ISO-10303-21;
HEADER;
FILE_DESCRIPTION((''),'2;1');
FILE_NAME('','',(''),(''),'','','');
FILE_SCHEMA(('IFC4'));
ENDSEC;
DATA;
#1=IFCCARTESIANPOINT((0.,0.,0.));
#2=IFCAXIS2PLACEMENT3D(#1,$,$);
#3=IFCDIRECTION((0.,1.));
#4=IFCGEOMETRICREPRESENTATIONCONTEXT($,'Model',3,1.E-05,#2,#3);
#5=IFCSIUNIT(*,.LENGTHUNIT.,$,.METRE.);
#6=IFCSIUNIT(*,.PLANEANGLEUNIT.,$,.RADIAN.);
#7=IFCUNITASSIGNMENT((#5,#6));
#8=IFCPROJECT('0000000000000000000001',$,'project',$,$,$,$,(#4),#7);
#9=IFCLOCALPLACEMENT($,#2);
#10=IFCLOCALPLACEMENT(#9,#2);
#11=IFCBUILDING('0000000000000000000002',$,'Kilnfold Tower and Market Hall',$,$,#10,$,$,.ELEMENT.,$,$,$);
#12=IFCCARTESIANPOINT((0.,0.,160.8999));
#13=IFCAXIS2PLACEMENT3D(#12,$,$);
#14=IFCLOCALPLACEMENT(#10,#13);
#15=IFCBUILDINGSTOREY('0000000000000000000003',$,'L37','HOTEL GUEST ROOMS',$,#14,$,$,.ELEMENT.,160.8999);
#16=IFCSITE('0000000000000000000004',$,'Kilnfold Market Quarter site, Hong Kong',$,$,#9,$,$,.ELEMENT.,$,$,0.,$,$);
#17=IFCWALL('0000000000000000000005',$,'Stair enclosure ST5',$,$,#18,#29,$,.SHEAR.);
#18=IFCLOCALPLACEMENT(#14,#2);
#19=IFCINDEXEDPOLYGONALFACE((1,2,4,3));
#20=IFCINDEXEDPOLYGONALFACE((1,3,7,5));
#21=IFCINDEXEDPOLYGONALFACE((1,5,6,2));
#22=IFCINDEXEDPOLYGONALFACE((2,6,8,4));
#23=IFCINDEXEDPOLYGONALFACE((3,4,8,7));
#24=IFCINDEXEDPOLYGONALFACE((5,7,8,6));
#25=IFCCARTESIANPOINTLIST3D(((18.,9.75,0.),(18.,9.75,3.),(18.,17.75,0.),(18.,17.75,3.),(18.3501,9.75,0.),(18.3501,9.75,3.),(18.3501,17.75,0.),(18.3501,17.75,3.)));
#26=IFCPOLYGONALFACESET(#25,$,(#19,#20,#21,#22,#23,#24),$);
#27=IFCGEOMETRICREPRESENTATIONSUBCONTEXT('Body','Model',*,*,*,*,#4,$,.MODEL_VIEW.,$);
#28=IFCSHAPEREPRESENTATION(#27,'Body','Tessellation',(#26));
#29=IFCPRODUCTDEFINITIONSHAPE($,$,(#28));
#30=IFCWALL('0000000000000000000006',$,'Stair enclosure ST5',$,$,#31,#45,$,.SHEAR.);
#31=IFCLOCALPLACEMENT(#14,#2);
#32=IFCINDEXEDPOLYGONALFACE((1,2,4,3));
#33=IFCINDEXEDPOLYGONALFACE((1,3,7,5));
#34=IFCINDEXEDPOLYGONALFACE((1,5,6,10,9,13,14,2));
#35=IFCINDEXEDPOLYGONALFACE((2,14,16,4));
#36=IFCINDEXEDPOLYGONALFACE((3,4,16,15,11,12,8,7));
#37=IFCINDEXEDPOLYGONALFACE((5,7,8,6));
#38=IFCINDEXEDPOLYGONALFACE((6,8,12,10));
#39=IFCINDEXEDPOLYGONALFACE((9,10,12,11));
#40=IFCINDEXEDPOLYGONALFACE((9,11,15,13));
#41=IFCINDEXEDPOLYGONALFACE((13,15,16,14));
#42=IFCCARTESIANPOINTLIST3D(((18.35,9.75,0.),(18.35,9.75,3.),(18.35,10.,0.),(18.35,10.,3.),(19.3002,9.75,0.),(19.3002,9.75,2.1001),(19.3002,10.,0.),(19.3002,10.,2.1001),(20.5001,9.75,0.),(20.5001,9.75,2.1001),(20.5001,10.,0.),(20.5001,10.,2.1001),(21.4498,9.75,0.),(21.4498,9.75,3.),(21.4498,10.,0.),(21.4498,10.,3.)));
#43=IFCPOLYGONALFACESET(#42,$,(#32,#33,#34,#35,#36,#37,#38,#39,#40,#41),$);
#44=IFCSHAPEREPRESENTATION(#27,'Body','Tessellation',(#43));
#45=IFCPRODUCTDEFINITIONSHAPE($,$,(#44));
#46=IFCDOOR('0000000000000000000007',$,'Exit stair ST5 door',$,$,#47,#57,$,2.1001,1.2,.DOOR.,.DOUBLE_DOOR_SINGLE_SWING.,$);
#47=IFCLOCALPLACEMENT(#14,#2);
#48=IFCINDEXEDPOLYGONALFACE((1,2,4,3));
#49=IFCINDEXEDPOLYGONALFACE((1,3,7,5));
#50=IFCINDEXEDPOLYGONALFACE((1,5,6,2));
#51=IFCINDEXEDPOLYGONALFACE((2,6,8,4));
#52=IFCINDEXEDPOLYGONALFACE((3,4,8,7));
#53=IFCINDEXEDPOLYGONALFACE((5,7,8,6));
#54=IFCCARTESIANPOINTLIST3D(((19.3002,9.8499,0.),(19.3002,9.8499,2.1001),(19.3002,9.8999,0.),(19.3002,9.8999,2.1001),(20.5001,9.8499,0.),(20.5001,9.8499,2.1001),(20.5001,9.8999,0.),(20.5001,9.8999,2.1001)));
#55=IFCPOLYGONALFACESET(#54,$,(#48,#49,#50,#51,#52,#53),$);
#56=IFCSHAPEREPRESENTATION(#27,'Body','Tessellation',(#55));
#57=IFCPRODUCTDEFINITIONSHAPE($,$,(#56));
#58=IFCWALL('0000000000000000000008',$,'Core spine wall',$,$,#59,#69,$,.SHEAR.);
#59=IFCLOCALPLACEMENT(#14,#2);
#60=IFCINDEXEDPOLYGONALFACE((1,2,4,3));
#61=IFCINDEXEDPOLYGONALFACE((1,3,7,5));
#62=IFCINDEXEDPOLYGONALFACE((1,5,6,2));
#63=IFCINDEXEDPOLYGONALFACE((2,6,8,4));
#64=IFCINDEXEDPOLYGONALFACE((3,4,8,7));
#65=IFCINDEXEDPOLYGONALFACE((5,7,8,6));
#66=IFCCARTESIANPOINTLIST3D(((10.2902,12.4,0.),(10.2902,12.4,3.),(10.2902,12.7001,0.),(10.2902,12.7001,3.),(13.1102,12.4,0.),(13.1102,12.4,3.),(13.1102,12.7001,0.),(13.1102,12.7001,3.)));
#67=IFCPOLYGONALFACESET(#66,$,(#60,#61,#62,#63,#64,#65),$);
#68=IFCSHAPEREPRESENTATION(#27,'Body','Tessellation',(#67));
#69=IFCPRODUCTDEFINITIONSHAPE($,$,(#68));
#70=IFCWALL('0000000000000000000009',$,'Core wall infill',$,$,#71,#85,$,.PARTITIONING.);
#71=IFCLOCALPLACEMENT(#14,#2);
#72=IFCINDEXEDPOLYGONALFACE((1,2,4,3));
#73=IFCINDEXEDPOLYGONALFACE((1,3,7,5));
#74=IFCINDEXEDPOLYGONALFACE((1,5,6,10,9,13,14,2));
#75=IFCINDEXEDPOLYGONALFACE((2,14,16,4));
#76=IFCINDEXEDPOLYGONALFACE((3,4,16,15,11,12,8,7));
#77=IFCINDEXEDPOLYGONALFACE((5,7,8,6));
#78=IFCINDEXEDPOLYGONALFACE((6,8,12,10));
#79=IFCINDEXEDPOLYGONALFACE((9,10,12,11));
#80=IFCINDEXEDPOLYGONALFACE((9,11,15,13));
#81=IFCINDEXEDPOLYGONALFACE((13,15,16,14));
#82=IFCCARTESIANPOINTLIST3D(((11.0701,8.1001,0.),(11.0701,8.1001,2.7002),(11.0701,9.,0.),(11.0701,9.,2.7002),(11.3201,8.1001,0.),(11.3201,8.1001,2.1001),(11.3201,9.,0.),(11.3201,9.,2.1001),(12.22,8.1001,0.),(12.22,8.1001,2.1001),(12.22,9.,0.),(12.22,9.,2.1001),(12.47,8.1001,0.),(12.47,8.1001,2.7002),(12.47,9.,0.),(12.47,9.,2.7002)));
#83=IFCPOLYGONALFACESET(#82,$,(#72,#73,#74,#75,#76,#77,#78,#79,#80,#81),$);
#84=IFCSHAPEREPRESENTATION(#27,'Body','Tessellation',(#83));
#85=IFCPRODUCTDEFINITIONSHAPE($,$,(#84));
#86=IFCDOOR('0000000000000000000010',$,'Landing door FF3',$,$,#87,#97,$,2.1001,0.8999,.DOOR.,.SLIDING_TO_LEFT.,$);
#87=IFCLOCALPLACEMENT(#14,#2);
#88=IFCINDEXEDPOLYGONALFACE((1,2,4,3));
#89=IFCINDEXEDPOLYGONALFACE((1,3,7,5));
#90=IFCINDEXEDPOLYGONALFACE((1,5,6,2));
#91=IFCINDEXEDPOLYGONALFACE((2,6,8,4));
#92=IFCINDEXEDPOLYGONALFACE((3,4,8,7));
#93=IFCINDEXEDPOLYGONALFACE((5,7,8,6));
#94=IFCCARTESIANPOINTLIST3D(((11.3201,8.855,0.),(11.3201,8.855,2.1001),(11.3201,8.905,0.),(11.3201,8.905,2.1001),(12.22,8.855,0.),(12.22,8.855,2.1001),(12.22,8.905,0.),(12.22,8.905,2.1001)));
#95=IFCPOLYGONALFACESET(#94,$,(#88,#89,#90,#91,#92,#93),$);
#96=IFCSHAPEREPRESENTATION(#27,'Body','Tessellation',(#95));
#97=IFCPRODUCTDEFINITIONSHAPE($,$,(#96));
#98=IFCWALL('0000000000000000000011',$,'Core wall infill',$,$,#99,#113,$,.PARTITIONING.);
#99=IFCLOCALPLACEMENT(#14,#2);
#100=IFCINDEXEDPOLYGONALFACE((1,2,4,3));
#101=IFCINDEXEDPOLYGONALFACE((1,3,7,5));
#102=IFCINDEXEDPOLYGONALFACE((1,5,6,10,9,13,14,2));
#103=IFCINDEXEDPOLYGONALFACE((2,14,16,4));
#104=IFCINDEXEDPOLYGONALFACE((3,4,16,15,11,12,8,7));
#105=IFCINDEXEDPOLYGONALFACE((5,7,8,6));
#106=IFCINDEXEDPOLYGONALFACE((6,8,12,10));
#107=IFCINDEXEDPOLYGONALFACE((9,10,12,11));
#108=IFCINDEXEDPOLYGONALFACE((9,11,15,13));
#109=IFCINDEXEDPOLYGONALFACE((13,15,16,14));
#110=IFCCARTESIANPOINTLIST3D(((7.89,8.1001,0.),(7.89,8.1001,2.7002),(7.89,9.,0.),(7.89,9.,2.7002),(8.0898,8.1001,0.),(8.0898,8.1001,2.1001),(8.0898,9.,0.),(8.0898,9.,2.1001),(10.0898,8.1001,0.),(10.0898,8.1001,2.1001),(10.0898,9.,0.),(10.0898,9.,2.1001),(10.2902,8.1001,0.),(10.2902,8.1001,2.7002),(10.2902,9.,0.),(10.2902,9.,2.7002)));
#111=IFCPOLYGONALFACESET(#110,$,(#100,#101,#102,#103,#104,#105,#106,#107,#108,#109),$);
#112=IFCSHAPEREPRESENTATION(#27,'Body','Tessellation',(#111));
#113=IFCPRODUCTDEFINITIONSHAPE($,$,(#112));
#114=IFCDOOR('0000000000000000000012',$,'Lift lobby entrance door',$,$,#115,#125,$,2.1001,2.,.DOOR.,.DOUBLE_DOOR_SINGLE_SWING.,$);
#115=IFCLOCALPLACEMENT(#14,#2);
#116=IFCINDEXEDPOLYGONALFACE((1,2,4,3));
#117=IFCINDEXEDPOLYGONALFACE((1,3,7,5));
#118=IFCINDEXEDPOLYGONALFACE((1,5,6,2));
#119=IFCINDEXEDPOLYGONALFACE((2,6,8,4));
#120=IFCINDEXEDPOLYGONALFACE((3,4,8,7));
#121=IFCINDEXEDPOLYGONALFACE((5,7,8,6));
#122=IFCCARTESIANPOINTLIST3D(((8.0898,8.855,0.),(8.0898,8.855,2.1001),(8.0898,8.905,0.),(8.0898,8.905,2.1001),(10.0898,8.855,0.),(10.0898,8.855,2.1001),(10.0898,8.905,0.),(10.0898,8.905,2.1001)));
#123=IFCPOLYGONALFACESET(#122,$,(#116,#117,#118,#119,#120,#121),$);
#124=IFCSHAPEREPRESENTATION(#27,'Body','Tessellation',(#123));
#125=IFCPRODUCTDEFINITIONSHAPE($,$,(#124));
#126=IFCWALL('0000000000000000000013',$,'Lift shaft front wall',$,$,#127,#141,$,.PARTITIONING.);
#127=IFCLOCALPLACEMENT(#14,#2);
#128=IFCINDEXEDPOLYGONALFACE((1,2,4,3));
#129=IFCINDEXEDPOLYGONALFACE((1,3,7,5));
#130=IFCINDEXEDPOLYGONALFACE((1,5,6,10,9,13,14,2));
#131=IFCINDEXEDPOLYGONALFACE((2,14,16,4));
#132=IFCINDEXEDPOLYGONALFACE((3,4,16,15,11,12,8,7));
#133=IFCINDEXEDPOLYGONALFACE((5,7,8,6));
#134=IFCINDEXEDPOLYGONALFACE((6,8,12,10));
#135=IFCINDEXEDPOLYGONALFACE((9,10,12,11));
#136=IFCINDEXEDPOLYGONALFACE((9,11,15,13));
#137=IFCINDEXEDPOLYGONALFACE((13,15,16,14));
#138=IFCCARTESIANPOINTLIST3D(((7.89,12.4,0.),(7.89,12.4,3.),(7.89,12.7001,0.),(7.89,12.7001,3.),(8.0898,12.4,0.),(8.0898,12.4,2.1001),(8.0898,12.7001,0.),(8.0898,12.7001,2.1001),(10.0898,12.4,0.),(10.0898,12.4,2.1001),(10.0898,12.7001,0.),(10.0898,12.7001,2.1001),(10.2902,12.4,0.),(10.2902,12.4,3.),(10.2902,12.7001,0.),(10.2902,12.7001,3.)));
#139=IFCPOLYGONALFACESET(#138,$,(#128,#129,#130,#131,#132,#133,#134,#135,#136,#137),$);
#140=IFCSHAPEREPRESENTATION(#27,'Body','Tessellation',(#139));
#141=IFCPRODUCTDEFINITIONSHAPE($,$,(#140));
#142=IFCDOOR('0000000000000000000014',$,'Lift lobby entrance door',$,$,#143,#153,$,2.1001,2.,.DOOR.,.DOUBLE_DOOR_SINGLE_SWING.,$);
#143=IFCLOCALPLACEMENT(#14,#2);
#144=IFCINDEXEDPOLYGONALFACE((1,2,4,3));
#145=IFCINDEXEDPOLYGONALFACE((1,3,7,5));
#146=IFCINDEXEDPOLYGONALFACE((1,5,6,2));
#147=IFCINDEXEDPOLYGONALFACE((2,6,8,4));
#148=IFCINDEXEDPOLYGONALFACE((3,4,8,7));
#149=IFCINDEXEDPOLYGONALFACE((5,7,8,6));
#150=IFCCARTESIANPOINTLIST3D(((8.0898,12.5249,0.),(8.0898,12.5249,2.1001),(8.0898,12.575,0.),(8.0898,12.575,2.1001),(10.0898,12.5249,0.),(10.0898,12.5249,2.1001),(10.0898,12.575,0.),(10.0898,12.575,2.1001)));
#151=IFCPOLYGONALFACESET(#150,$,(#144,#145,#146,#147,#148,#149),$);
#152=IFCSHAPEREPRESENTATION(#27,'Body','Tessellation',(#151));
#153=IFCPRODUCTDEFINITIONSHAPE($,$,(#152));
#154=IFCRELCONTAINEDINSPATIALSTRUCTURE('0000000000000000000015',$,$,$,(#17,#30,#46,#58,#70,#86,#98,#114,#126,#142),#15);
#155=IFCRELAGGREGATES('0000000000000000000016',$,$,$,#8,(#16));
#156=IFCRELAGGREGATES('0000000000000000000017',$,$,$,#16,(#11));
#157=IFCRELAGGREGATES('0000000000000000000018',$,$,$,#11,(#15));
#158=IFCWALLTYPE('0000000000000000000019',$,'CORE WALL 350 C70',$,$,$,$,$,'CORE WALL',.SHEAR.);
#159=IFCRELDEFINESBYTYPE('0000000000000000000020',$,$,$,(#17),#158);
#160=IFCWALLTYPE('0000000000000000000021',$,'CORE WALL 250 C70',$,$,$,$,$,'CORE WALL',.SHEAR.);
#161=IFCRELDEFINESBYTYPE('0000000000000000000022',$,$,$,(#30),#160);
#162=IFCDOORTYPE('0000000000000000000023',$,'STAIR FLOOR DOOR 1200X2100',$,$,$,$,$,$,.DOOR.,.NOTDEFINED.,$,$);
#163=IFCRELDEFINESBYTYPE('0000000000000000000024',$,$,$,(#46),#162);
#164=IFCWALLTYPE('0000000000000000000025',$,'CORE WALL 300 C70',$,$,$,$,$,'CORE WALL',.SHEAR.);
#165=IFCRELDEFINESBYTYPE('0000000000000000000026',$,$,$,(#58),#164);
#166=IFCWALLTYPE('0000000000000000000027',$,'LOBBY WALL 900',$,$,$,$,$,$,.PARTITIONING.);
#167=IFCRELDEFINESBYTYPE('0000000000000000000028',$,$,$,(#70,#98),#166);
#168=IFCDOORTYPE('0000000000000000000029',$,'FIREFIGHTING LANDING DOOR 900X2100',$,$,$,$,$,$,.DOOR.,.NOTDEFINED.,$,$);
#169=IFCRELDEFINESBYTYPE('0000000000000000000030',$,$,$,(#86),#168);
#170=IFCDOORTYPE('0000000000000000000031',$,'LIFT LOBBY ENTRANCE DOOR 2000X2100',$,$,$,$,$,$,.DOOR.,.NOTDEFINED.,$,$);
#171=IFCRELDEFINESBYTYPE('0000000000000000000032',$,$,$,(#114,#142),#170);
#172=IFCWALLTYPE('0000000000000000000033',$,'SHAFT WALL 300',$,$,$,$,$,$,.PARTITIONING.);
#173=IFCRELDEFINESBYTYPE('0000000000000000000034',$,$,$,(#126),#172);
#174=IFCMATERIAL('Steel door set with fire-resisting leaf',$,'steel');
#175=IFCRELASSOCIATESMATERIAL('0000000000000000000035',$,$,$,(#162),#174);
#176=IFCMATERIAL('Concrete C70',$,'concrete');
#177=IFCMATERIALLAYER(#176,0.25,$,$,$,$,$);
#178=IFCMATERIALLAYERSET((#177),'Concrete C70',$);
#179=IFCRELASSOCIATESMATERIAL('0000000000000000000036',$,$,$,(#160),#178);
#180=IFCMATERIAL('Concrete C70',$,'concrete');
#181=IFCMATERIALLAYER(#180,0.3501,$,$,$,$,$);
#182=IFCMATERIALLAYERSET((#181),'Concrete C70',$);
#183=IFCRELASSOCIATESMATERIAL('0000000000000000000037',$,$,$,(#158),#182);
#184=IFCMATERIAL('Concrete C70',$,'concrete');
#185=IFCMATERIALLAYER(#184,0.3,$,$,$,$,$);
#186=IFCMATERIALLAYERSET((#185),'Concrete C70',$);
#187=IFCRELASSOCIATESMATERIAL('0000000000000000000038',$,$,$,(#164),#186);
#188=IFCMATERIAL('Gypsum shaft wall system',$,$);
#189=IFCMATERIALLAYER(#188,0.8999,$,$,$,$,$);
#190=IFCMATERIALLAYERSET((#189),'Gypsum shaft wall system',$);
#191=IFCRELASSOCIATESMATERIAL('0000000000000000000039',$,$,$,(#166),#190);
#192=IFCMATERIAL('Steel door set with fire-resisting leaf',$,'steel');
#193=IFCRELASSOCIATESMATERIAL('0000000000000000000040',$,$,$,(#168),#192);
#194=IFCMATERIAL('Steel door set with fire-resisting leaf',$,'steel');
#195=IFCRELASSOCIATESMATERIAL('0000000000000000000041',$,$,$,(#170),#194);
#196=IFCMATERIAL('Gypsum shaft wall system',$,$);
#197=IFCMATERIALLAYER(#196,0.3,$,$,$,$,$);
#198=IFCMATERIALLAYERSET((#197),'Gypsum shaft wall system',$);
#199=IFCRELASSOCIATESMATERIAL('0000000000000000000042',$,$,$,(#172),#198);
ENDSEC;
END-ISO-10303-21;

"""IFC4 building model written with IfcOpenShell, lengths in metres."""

from ifc_helpers import new_model, si_unit, direction, frame, frame_2d, origin, place, context, subcontext, project, spatial, rectangle, extrude, source, transform, mapped, material, layer, layer_set, type_object, element, fill, save


model = new_model("IFC4")

# Units and contexts
model_context = context("Model", 3, precision=1e-05, world=origin(), true_north=direction((0.0, 1.0)))
body_context = subcontext(model_context, "Body", "Model", "MODEL_VIEW")
ifc_project = project(units=[si_unit("LENGTHUNIT", "METRE"), si_unit("PLANEANGLEUNIT", "RADIAN")], contexts=[model_context])

# Site, building, storey
site_placement = place(None, origin())
site = spatial("IfcSite", under=ifc_project, at=site_placement, Name="Kilnfold Market Quarter site, Hong Kong", CompositionType="ELEMENT", RefElevation=0.0)
building_placement = place(site_placement, origin())
building = spatial("IfcBuilding", under=site, at=building_placement, Name="Kilnfold Tower and Market Hall", CompositionType="ELEMENT")
storey_placement = place(building_placement, frame((0.0, 0.0, 160.8999)))
storey = spatial("IfcBuildingStorey", under=building, at=storey_placement, Name="L37", Description="HOTEL GUEST ROOMS", CompositionType="ELEMENT", Elevation=160.8999)

# Shared definitions
ifc_material_1 = material(Name="Steel door set with fire-resisting leaf", Category="steel")
door_type_1 = type_object("IfcDoorType", Name="STAIR FLOOR DOOR 1200X2100", OperationType="NOTDEFINED", PredefinedType="DOOR", material=ifc_material_1)

# Wall
ifc_material_2 = material(Name="Concrete C70", Category="concrete")
ifc_layer_1 = layer(ifc_material_2, 0.25)
ifc_layer_set_1 = layer_set([ifc_layer_1], Name="Concrete C70")
wall_type_1 = type_object("IfcWallType", Name="CORE WALL 250 C70", ElementType="CORE WALL", PredefinedType="SHEAR", material=ifc_layer_set_1)
ifc_material_3 = material(Name="Concrete C70", Category="concrete")
ifc_layer_2 = layer(ifc_material_3, 0.3501)
ifc_layer_set_2 = layer_set([ifc_layer_2], Name="Concrete C70")
wall_type_2 = type_object("IfcWallType", Name="CORE WALL 350 C70", ElementType="CORE WALL", PredefinedType="SHEAR", material=ifc_layer_set_2)
shared_shape_1 = source(origin(), body_context, "Body", "SweptSolid", [
    extrude(rectangle(XDim=8.0, YDim=0.3501, at=frame_2d((4.0, 0.0))), origin(), (0.0, 0.0, 1.0), 3.0),
])
wall_1_placement = place(storey_placement, frame((18.175, 9.75, 0.0), z_axis=(0.0, 0.0, 1.0), x_axis=(0.0, 1.0, 0.0)))
element("IfcWall", 1, at=wall_1_placement, inside=storey, type_object=wall_type_2, Name="Stair enclosure ST5", PredefinedType="SHEAR", context=body_context, shape_type="MappedRepresentation", body=[
    mapped(shared_shape_1, transform((0.0, 0.0, 0.0))),
])

# Wall, opening, door
shared_shape_2 = source(origin(), body_context, "Body", "SweptSolid", [
    extrude(rectangle(XDim=3.0999, YDim=0.25, at=frame_2d((1.5498, 0.0))), origin(), (0.0, 0.0, 1.0), 3.0),
])
wall_2_placement = place(storey_placement, frame((18.3501, 9.875, 0.0), z_axis=(0.0, 0.0, 1.0), x_axis=(1.0, 0.0, 0.0)))
wall_2 = element("IfcWall", 2, at=wall_2_placement, inside=storey, type_object=wall_type_1, Name="Stair enclosure ST5", PredefinedType="SHEAR", context=body_context, shape_type="MappedRepresentation", body=[
    mapped(shared_shape_2, transform((0.0, 0.0, 0.0))),
])
opening_1_placement = place(wall_2_placement, frame((0.95, 0.0, 0.0)))
opening_1 = element("IfcOpeningElement", 3, at=opening_1_placement, cuts=wall_2, PredefinedType="OPENING", context=body_context, shape_type="SweptSolid", body=[
    extrude(rectangle(XDim=1.2, YDim=2.1001, at=frame_2d((0.6001, 1.05))), frame((0.0, 0.135, 0.0), z_axis=(0.0, -1.0, 0.0), x_axis=(1.0, 0.0, 0.0)), (0.0, 0.0, 1.0), 0.27),
])
door_1_placement = place(opening_1_placement, origin())
door_1 = element("IfcDoor", 4, at=door_1_placement, inside=storey, type_object=door_type_1, Name="Exit stair ST5 door", OperationType="DOUBLE_DOOR_SINGLE_SWING", OverallHeight=2.1001, OverallWidth=1.2, PredefinedType="DOOR", context=body_context, shape_type="SweptSolid", body=[
    extrude(rectangle(XDim=1.2, YDim=2.1001, at=frame_2d((0.6001, 1.05))), frame((0.0, 0.0249, 0.0), z_axis=(0.0, -1.0, 0.0), x_axis=(1.0, 0.0, 0.0)), (0.0, 0.0, 1.0), 0.05),
])
fill(opening_1, door_1)

# Wall
ifc_material_4 = material(Name="Concrete C70", Category="concrete")
ifc_layer_3 = layer(ifc_material_4, 0.3)
ifc_layer_set_3 = layer_set([ifc_layer_3], Name="Concrete C70")
wall_type_3 = type_object("IfcWallType", Name="CORE WALL 300 C70", ElementType="CORE WALL", PredefinedType="SHEAR", material=ifc_layer_set_3)
shared_shape_3 = source(origin(), body_context, "Body", "SweptSolid", [
    extrude(rectangle(XDim=2.8201, YDim=0.3, at=frame_2d((1.4102, 0.0))), origin(), (0.0, 0.0, 1.0), 3.0),
])
wall_3_placement = place(storey_placement, frame((10.29, 12.55, 0.0), z_axis=(0.0, 0.0, 1.0), x_axis=(1.0, 0.0, 0.0)))
element("IfcWall", 5, at=wall_3_placement, inside=storey, type_object=wall_type_3, Name="Core spine wall", PredefinedType="SHEAR", context=body_context, shape_type="MappedRepresentation", body=[
    mapped(shared_shape_3, transform((0.0, 0.0, 0.0))),
])

# Walls, openings, doors
ifc_material_5 = material(Name="Gypsum shaft wall system")
ifc_layer_4 = layer(ifc_material_5, 0.8999)
ifc_layer_set_4 = layer_set([ifc_layer_4], Name="Gypsum shaft wall system")
wall_type_4 = type_object("IfcWallType", Name="LOBBY WALL 900", PredefinedType="PARTITIONING", material=ifc_layer_set_4)
shared_shape_4 = source(origin(), body_context, "Body", "SweptSolid", [
    extrude(rectangle(XDim=1.3999, YDim=0.8999, at=frame_2d((0.7, 0.0))), origin(), (0.0, 0.0, 1.0), 2.7002),
])
wall_4_placement = place(storey_placement, frame((11.0701, 8.55, 0.0), z_axis=(0.0, 0.0, 1.0), x_axis=(1.0, 0.0, 0.0)))
wall_4 = element("IfcWall", 6, at=wall_4_placement, inside=storey, type_object=wall_type_4, Name="Core wall infill", PredefinedType="PARTITIONING", context=body_context, shape_type="MappedRepresentation", body=[
    mapped(shared_shape_4, transform((0.0, 0.0, 0.0))),
])
opening_2_placement = place(wall_4_placement, frame((0.25, 0.0, 0.0)))
opening_2 = element("IfcOpeningElement", 7, at=opening_2_placement, cuts=wall_4, PredefinedType="OPENING", context=body_context, shape_type="SweptSolid", body=[
    extrude(rectangle(XDim=0.8999, YDim=2.1001, at=frame_2d((0.45, 1.05))), frame((0.0, 0.46, 0.0), z_axis=(0.0, -1.0, 0.0), x_axis=(1.0, 0.0, 0.0)), (0.0, 0.0, 1.0), 0.9199),
])
ifc_material_6 = material(Name="Steel door set with fire-resisting leaf", Category="steel")
door_type_2 = type_object("IfcDoorType", Name="FIREFIGHTING LANDING DOOR 900X2100", OperationType="NOTDEFINED", PredefinedType="DOOR", material=ifc_material_6)
door_2_placement = place(opening_2_placement, origin())
door_2 = element("IfcDoor", 8, at=door_2_placement, inside=storey, type_object=door_type_2, Name="Landing door FF3", OperationType="SLIDING_TO_LEFT", OverallHeight=2.1001, OverallWidth=0.8999, PredefinedType="DOOR", context=body_context, shape_type="SweptSolid", body=[
    extrude(rectangle(XDim=0.8999, YDim=2.1001, at=frame_2d((0.45, 1.05))), frame((0.0, 0.355, 0.0), z_axis=(0.0, -1.0, 0.0), x_axis=(1.0, 0.0, 0.0)), (0.0, 0.0, 1.0), 0.05),
])
fill(opening_2, door_2)
shared_shape_5 = source(origin(), body_context, "Body", "SweptSolid", [
    extrude(rectangle(XDim=2.4001, YDim=0.8999, at=frame_2d((1.2002, 0.0))), origin(), (0.0, 0.0, 1.0), 2.7002),
])
wall_5_placement = place(storey_placement, frame((7.8899, 8.55, 0.0), z_axis=(0.0, 0.0, 1.0), x_axis=(1.0, 0.0, 0.0)))
wall_5 = element("IfcWall", 9, at=wall_5_placement, inside=storey, type_object=wall_type_4, Name="Core wall infill", PredefinedType="PARTITIONING", context=body_context, shape_type="MappedRepresentation", body=[
    mapped(shared_shape_5, transform((0.0, 0.0, 0.0))),
])
opening_3_placement = place(wall_5_placement, frame((0.2, 0.0, 0.0)))
opening_3 = element("IfcOpeningElement", 10, at=opening_3_placement, cuts=wall_5, PredefinedType="OPENING", context=body_context, shape_type="SweptSolid", body=[
    extrude(rectangle(XDim=2.0, YDim=2.1001, at=frame_2d((1.0, 1.05))), frame((0.0, 0.46, 0.0), z_axis=(0.0, -1.0, 0.0), x_axis=(1.0, 0.0, 0.0)), (0.0, 0.0, 1.0), 0.9199),
])
ifc_material_7 = material(Name="Steel door set with fire-resisting leaf", Category="steel")
door_type_3 = type_object("IfcDoorType", Name="LIFT LOBBY ENTRANCE DOOR 2000X2100", OperationType="NOTDEFINED", PredefinedType="DOOR", material=ifc_material_7)
door_3_placement = place(opening_3_placement, origin())
door_3 = element("IfcDoor", 11, at=door_3_placement, inside=storey, type_object=door_type_3, Name="Lift lobby entrance door", OperationType="DOUBLE_DOOR_SINGLE_SWING", OverallHeight=2.1001, OverallWidth=2.0, PredefinedType="DOOR", context=body_context, shape_type="SweptSolid", body=[
    extrude(rectangle(XDim=2.0, YDim=2.1001, at=frame_2d((1.0, 1.05))), frame((0.0, 0.355, 0.0), z_axis=(0.0, -1.0, 0.0), x_axis=(1.0, 0.0, 0.0)), (0.0, 0.0, 1.0), 0.05),
])
fill(opening_3, door_3)
ifc_material_8 = material(Name="Gypsum shaft wall system")
ifc_layer_5 = layer(ifc_material_8, 0.3)
ifc_layer_set_5 = layer_set([ifc_layer_5], Name="Gypsum shaft wall system")
wall_type_5 = type_object("IfcWallType", Name="SHAFT WALL 300", PredefinedType="PARTITIONING", material=ifc_layer_set_5)
shared_shape_6 = source(origin(), body_context, "Body", "SweptSolid", [
    extrude(rectangle(XDim=2.4001, YDim=0.3, at=frame_2d((1.2002, 0.0))), origin(), (0.0, 0.0, 1.0), 3.0),
])
wall_6_placement = place(storey_placement, frame((7.8899, 12.55, 0.0), z_axis=(0.0, 0.0, 1.0), x_axis=(1.0, 0.0, 0.0)))
wall_6 = element("IfcWall", 12, at=wall_6_placement, inside=storey, type_object=wall_type_5, Name="Lift shaft front wall", PredefinedType="PARTITIONING", context=body_context, shape_type="MappedRepresentation", body=[
    mapped(shared_shape_6, transform((0.0, 0.0, 0.0))),
])
opening_4_placement = place(wall_6_placement, frame((0.2, 0.0, 0.0)))
opening_4 = element("IfcOpeningElement", 13, at=opening_4_placement, cuts=wall_6, PredefinedType="OPENING", context=body_context, shape_type="SweptSolid", body=[
    extrude(rectangle(XDim=2.0, YDim=2.1001, at=frame_2d((1.0, 1.05))), frame((0.0, 0.1602, 0.0), z_axis=(0.0, -1.0, 0.0), x_axis=(1.0, 0.0, 0.0)), (0.0, 0.0, 1.0), 0.3201),
])
door_4_placement = place(opening_4_placement, origin())
door_4 = element("IfcDoor", 14, at=door_4_placement, inside=storey, type_object=door_type_3, Name="Lift lobby entrance door", OperationType="DOUBLE_DOOR_SINGLE_SWING", OverallHeight=2.1001, OverallWidth=2.0, PredefinedType="DOOR", context=body_context, shape_type="SweptSolid", body=[
    extrude(rectangle(XDim=2.0, YDim=2.1001, at=frame_2d((1.0, 1.05))), frame((0.0, 0.0249, 0.0), z_axis=(0.0, -1.0, 0.0), x_axis=(1.0, 0.0, 0.0)), (0.0, 0.0, 1.0), 0.05),
])
fill(opening_4, door_4)

save(model, "model.ifc")
